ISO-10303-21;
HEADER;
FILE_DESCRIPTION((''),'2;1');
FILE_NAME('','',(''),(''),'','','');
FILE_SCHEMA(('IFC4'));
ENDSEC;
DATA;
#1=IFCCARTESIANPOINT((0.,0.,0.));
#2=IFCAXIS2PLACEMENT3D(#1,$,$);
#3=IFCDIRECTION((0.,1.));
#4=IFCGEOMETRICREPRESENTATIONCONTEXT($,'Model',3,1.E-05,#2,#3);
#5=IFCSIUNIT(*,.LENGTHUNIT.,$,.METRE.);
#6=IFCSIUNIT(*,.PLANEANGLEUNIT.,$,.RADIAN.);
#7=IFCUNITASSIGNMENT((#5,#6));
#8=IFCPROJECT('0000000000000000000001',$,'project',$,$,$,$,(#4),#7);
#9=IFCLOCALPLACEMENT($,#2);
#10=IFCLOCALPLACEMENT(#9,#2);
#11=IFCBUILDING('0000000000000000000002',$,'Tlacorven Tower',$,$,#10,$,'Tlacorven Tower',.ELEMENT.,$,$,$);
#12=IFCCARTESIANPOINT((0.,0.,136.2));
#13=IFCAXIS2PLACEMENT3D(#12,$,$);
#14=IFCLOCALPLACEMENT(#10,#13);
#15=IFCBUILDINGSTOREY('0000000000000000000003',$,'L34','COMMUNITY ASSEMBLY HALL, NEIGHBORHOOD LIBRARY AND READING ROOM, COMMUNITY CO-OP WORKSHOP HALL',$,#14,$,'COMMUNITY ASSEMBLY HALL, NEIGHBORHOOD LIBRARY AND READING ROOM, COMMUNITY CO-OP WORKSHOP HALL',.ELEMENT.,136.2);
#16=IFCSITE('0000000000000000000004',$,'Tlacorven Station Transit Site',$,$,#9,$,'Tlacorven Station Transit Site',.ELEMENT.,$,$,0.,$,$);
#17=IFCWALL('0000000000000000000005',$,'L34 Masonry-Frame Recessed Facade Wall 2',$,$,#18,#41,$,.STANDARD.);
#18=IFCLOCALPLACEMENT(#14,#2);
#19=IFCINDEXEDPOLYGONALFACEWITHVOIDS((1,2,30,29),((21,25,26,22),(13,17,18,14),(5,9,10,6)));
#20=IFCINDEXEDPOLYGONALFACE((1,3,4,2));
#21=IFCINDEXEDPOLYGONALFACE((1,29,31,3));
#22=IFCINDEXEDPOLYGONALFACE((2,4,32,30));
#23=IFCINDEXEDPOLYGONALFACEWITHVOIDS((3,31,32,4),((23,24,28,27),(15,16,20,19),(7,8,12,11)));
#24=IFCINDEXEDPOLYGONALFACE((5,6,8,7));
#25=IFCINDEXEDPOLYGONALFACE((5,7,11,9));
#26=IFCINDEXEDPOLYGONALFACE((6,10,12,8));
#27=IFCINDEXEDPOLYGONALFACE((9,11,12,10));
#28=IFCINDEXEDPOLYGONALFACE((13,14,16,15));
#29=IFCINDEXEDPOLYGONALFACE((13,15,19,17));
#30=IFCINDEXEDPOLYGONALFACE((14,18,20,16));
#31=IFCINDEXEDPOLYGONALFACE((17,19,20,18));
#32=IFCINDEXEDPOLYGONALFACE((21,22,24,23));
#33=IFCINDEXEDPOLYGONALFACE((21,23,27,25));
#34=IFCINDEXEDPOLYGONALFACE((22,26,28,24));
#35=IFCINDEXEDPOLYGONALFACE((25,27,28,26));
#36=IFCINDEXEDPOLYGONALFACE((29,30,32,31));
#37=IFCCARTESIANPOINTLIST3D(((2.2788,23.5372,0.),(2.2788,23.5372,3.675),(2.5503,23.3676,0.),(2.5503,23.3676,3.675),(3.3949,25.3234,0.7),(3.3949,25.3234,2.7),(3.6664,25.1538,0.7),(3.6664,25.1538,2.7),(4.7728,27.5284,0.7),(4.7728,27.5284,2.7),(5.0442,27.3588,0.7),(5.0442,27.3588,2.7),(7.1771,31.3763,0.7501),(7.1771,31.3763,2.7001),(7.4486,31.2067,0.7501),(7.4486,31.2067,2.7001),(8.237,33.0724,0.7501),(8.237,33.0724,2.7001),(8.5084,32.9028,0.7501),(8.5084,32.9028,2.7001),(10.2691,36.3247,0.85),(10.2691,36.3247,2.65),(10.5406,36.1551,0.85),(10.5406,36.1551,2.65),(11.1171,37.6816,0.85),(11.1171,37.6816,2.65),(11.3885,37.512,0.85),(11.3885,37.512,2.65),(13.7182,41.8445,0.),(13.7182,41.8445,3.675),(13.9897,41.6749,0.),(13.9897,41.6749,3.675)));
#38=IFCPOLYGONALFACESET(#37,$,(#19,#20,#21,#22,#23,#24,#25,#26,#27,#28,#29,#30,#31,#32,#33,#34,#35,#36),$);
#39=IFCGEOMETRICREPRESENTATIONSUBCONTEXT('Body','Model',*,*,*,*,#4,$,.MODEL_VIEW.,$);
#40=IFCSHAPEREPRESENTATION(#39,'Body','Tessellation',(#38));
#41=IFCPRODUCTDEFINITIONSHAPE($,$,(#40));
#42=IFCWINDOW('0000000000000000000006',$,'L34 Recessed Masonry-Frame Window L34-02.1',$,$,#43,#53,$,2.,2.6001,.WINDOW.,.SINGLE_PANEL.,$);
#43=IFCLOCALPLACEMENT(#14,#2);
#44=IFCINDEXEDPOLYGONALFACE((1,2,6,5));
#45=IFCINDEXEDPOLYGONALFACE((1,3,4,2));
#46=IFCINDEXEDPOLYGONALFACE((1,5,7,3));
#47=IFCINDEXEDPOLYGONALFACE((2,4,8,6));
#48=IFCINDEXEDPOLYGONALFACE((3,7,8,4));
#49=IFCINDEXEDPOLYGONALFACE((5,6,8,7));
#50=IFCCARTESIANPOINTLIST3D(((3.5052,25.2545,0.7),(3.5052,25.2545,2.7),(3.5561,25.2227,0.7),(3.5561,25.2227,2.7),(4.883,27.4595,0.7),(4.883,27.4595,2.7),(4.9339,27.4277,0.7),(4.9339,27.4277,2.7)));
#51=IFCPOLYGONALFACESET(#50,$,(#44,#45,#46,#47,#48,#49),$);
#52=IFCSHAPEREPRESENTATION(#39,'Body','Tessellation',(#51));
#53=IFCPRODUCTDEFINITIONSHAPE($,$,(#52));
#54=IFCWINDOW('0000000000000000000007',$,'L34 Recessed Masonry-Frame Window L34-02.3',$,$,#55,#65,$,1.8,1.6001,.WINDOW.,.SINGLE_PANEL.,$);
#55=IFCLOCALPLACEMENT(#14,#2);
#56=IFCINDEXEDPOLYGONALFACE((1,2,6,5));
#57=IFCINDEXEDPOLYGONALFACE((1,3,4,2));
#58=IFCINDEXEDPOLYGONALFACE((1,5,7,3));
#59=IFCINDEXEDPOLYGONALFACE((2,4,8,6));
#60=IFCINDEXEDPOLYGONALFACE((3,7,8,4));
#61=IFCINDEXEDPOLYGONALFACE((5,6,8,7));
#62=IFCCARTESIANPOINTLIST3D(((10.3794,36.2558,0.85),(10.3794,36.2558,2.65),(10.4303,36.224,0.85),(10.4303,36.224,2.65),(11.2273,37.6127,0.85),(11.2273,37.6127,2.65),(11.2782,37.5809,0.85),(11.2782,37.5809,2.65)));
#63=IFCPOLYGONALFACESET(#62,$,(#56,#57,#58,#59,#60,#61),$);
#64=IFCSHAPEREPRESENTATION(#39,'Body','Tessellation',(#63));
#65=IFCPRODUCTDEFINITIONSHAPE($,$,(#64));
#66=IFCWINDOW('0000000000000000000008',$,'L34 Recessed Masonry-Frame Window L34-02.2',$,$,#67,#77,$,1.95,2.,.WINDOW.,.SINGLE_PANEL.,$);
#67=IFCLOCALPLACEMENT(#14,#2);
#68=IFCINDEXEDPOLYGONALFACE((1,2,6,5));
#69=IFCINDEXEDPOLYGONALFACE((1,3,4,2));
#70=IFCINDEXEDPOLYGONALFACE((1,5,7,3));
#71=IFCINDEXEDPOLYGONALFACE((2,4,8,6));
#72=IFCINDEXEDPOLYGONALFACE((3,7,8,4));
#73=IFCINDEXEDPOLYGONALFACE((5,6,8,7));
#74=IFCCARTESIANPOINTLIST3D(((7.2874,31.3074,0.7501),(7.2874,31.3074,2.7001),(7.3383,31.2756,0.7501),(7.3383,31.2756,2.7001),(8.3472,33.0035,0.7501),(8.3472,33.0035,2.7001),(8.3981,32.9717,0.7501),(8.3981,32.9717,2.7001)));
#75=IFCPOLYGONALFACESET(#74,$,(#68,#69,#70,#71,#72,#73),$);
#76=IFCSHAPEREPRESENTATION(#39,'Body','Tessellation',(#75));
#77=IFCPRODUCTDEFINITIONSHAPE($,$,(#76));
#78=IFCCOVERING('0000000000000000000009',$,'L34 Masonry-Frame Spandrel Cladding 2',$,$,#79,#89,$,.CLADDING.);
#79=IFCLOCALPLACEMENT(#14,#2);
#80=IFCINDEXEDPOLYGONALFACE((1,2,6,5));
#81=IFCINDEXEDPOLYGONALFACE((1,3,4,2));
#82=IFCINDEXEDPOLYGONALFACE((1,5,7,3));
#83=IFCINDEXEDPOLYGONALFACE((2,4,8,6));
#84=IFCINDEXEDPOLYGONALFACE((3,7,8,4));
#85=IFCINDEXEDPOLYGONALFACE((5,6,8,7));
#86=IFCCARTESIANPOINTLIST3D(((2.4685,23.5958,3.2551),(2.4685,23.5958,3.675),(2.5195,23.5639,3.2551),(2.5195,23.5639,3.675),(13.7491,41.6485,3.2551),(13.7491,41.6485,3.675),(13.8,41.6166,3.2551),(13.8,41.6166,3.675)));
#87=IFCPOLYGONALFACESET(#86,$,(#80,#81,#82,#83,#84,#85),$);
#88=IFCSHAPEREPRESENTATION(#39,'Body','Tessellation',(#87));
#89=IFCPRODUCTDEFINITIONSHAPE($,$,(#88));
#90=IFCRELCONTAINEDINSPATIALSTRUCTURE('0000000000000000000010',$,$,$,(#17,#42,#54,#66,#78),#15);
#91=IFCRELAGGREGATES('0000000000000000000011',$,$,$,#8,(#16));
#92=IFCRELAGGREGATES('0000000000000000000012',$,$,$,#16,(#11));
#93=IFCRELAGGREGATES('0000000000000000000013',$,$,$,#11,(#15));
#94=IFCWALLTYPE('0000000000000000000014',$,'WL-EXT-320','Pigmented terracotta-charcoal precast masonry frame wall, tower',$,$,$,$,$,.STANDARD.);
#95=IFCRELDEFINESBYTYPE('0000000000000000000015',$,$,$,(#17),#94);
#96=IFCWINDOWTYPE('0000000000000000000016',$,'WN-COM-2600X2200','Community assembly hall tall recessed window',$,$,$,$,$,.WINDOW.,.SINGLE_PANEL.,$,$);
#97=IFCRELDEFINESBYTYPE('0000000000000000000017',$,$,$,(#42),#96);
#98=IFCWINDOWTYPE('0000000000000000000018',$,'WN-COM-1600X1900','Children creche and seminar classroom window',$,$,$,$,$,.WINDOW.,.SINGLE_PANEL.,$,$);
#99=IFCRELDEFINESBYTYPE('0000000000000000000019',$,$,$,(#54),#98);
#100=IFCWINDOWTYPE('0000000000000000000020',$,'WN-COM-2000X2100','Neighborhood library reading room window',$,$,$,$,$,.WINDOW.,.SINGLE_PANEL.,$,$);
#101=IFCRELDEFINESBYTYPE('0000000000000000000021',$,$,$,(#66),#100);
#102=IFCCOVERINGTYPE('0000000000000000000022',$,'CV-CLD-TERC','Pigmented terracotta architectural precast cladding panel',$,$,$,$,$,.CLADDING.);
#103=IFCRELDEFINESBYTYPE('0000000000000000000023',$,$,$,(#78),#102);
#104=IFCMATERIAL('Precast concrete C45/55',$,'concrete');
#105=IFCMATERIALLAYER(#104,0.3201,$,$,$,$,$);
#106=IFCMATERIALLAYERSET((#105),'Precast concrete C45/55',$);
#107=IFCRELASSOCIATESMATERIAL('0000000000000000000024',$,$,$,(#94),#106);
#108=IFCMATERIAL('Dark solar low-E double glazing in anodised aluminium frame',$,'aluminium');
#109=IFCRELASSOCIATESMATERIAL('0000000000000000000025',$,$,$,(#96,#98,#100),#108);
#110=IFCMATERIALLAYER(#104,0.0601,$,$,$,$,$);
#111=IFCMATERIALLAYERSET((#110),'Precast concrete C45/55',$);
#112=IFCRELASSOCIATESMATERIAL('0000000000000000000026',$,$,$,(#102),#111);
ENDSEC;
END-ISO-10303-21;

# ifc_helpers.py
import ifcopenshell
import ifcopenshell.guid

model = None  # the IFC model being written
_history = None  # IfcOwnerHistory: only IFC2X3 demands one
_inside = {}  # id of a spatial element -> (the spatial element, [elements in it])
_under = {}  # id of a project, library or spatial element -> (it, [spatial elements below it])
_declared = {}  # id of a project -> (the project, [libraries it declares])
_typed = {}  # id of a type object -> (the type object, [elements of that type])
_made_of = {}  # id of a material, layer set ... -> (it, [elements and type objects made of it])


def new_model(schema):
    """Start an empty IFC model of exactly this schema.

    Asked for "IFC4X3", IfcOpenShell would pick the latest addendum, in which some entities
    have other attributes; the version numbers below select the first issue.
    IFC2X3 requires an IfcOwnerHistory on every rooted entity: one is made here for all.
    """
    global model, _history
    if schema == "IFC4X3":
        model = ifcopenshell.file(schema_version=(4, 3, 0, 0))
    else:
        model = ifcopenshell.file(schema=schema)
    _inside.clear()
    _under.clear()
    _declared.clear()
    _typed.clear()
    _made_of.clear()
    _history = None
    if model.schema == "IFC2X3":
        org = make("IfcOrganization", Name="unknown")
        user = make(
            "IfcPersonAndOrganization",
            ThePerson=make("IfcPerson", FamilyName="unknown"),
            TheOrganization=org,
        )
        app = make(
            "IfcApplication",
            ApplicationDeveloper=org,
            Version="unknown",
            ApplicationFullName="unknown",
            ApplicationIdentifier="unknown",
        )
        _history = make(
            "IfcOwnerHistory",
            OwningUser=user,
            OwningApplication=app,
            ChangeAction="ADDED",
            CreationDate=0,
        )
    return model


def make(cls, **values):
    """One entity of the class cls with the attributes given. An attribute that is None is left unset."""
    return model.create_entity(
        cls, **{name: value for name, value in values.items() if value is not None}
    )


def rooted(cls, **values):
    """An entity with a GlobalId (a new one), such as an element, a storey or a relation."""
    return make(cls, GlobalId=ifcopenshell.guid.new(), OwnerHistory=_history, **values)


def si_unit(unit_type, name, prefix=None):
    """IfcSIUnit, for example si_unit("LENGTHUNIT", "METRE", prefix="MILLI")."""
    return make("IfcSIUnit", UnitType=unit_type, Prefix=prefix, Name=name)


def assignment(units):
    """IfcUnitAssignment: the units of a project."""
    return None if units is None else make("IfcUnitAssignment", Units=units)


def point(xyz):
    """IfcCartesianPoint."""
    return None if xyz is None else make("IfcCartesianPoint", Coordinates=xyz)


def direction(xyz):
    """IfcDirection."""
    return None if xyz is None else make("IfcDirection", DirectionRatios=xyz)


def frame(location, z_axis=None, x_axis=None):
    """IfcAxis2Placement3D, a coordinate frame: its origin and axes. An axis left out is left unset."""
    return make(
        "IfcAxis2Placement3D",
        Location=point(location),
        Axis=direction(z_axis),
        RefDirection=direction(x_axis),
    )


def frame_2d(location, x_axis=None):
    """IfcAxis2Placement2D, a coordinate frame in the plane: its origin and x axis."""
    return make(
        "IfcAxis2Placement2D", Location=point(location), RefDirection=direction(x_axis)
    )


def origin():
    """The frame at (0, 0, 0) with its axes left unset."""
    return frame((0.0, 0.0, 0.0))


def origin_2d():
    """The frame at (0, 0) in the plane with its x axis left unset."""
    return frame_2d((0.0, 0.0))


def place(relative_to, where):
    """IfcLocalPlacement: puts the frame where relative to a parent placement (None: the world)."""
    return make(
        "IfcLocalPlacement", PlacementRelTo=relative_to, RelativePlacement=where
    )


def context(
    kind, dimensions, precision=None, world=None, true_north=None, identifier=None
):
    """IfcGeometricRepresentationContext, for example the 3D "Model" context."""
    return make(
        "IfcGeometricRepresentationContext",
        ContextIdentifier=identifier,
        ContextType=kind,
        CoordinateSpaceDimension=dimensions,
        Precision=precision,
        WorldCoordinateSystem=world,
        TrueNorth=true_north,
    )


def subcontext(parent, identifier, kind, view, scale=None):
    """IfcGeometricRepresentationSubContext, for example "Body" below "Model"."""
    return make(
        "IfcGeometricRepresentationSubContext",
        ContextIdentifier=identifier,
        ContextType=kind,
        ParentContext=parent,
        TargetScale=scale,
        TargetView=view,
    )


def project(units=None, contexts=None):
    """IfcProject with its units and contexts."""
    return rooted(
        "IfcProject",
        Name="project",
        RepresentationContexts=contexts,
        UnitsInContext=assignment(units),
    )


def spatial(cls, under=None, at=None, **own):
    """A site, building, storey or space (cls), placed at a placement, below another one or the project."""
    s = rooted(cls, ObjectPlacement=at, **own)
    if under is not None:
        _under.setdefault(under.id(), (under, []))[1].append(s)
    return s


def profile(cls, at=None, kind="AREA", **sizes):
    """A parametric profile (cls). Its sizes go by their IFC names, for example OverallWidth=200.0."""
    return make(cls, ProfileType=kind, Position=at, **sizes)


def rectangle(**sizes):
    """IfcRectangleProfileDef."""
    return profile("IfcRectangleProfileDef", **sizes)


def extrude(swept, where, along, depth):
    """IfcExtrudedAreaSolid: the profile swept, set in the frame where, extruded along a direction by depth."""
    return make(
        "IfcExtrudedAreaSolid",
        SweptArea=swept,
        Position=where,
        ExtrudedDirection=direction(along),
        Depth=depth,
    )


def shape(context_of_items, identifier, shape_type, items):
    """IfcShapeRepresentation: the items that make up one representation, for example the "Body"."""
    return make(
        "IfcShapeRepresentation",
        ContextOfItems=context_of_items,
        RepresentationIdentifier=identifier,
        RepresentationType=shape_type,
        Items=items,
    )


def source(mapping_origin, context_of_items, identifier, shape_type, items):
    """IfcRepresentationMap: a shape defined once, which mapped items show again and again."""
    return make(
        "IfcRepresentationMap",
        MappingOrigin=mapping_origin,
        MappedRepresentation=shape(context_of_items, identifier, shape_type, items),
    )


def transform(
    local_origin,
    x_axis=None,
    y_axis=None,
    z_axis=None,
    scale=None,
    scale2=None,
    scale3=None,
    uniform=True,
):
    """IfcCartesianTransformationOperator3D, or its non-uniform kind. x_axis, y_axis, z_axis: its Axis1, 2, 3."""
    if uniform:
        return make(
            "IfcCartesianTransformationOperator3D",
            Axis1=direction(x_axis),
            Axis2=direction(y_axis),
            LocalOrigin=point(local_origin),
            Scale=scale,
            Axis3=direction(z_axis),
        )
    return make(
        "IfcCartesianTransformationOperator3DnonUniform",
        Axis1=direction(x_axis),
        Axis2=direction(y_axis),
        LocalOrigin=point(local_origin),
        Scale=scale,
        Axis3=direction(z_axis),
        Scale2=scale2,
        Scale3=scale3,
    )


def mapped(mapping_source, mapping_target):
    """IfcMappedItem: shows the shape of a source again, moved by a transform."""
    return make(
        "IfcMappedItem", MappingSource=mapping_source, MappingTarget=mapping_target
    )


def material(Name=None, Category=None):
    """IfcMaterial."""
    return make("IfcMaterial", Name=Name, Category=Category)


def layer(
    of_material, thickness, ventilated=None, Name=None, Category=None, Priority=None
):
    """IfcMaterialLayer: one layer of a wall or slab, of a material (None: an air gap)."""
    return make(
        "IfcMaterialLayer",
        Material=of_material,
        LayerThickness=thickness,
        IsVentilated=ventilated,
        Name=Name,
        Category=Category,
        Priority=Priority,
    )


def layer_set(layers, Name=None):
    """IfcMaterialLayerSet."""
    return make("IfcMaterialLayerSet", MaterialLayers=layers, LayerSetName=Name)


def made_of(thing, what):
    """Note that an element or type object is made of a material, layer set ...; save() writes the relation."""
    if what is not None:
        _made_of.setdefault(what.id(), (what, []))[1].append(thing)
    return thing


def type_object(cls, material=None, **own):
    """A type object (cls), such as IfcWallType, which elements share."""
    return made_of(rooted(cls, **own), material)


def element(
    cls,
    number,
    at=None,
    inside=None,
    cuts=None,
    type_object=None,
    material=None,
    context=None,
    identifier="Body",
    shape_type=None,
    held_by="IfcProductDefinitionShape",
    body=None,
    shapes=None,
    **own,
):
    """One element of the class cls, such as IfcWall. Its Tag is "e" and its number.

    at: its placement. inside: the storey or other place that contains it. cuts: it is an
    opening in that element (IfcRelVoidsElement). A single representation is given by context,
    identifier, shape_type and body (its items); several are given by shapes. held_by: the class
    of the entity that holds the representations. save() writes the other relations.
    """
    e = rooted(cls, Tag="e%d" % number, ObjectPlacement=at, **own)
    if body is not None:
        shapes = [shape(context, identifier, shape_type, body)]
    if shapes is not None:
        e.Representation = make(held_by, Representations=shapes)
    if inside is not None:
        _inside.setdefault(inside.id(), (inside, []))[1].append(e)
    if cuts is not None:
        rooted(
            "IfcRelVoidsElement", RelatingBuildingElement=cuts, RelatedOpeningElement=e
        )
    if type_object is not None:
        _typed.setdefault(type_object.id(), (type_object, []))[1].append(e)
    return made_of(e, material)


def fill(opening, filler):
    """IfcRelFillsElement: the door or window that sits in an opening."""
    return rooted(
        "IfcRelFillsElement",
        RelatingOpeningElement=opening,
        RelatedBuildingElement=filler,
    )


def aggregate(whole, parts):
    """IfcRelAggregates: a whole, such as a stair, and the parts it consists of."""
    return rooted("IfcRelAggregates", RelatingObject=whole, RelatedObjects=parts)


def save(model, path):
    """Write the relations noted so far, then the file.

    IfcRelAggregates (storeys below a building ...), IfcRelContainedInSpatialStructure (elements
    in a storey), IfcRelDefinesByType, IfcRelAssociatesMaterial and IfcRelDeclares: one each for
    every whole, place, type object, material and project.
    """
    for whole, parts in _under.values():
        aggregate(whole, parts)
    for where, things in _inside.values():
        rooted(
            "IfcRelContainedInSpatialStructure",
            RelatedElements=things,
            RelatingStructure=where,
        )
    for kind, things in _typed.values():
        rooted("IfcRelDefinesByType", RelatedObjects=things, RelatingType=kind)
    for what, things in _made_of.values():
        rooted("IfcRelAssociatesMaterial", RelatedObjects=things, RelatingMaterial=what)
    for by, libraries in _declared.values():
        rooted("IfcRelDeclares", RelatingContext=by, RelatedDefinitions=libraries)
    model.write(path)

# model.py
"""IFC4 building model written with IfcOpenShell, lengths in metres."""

from ifc_helpers import new_model, si_unit, direction, frame, frame_2d, origin, origin_2d, place, context, subcontext, project, spatial, rectangle, extrude, source, transform, mapped, material, layer, layer_set, type_object, element, fill, save


model = new_model("IFC4")

# Units and contexts
model_context = context("Model", 3, precision=1e-05, world=origin(), true_north=direction((0.0, 1.0)))
body_context = subcontext(model_context, "Body", "Model", "MODEL_VIEW")
ifc_project = project(units=[si_unit("LENGTHUNIT", "METRE"), si_unit("PLANEANGLEUNIT", "RADIAN")], contexts=[model_context])

# Site, building, storey
site_placement = place(None, origin())
site = spatial("IfcSite", under=ifc_project, at=site_placement, Name="Tlacorven Station Transit Site", LongName="Tlacorven Station Transit Site", CompositionType="ELEMENT", RefElevation=0.0)
building_placement = place(site_placement, origin())
building = spatial("IfcBuilding", under=site, at=building_placement, Name="Tlacorven Tower", LongName="Tlacorven Tower", CompositionType="ELEMENT")
storey_placement = place(building_placement, frame((0.0, 0.0, 136.2)))
storey = spatial("IfcBuildingStorey", under=building, at=storey_placement, Name="L34", Description="COMMUNITY ASSEMBLY HALL, NEIGHBORHOOD LIBRARY AND READING ROOM, COMMUNITY CO-OP WORKSHOP HALL", LongName="COMMUNITY ASSEMBLY HALL, NEIGHBORHOOD LIBRARY AND READING ROOM, COMMUNITY CO-OP WORKSHOP HALL", CompositionType="ELEMENT", Elevation=136.2)

# Wall, openings, windows
ifc_material_1 = material(Name="Precast concrete C45/55", Category="concrete")
ifc_layer_1 = layer(ifc_material_1, 0.3201)
ifc_layer_set_1 = layer_set([ifc_layer_1], Name="Precast concrete C45/55")
wall_type = type_object("IfcWallType", Name="WL-EXT-320", Description="Pigmented terracotta-charcoal precast masonry frame wall, tower", PredefinedType="STANDARD", material=ifc_layer_set_1)
wall_placement = place(storey_placement, frame((2.4146, 23.4524, 0.0), z_axis=(0.0, 0.0, 1.0), x_axis=(0.52991, 0.848054, 0.0)))
wall = element("IfcWall", 1, at=wall_placement, inside=storey, type_object=wall_type, Name="L34 Masonry-Frame Recessed Facade Wall 2", PredefinedType="STANDARD", context=body_context, shape_type="SweptSolid", body=[
    extrude(rectangle(XDim=21.5874, YDim=0.3201, at=frame_2d((10.7937, 0.0))), origin(), (0.0, 0.0, 1.0), 3.675),
])
opening_1_placement = place(wall_placement, frame((2.1062, 0.0, 0.7)))
opening_1 = element("IfcOpeningElement", 2, at=opening_1_placement, cuts=wall, PredefinedType="OPENING", context=body_context, shape_type="SweptSolid", body=[
    extrude(rectangle(XDim=2.6001, YDim=2.0, at=frame_2d((1.3, 1.0))), frame((0.0, 0.1699, 0.0), z_axis=(0.0, -1.0, 0.0), x_axis=(1.0, 0.0, 0.0)), (0.0, 0.0, 1.0), 0.3401),
])
opening_2_placement = place(wall_placement, frame((9.2437, 0.0, 0.75)))
opening_2 = element("IfcOpeningElement", 3, at=opening_2_placement, cuts=wall, PredefinedType="OPENING", context=body_context, shape_type="SweptSolid", body=[
    extrude(rectangle(XDim=2.0, YDim=1.95, at=frame_2d((1.0, 0.9751))), frame((0.0, 0.1699, 0.0), z_axis=(0.0, -1.0, 0.0), x_axis=(1.0, 0.0, 0.0)), (0.0, 0.0, 1.0), 0.3401),
])
opening_3_placement = place(wall_placement, frame((15.0786, 0.0, 0.8501)))
opening_3 = element("IfcOpeningElement", 4, at=opening_3_placement, cuts=wall, PredefinedType="OPENING", context=body_context, shape_type="SweptSolid", body=[
    extrude(rectangle(XDim=1.6001, YDim=1.8, at=frame_2d((0.8, 0.8999))), frame((0.0, 0.1699, 0.0), z_axis=(0.0, -1.0, 0.0), x_axis=(1.0, 0.0, 0.0)), (0.0, 0.0, 1.0), 0.3401),
])
ifc_material_2 = material(Name="Dark solar low-E double glazing in anodised aluminium frame", Category="aluminium")
window_type_1 = type_object("IfcWindowType", Name="WN-COM-2600X2200", Description="Community assembly hall tall recessed window", PartitioningType="SINGLE_PANEL", PredefinedType="WINDOW", material=ifc_material_2)
shared_shape_1 = source(origin(), body_context, "Body", "SweptSolid", [
    extrude(rectangle(XDim=2.6001, YDim=2.0, at=frame_2d((1.3, 1.0))), frame((0.0, 0.03, 0.0), z_axis=(0.0, -1.0, 0.0), x_axis=(1.0, 0.0, 0.0)), (0.0, 0.0, 1.0), 0.0601),
])
window_1_placement = place(opening_1_placement, origin())
window_1 = element("IfcWindow", 5, at=window_1_placement, inside=storey, type_object=window_type_1, Name="L34 Recessed Masonry-Frame Window L34-02.1", OverallHeight=2.0, OverallWidth=2.6001, PartitioningType="SINGLE_PANEL", PredefinedType="WINDOW", context=body_context, shape_type="MappedRepresentation", body=[
    mapped(shared_shape_1, transform((0.0, 0.0, 0.0), scale=1.0)),
])
fill(opening_1, window_1)
window_type_2 = type_object("IfcWindowType", Name="WN-COM-1600X1900", Description="Children creche and seminar classroom window", PartitioningType="SINGLE_PANEL", PredefinedType="WINDOW", material=ifc_material_2)
shared_shape_2 = source(origin(), body_context, "Body", "SweptSolid", [
    extrude(rectangle(XDim=1.6001, YDim=1.8, at=frame_2d((0.8, 0.8999))), frame((0.0, 0.03, 0.0), z_axis=(0.0, -1.0, 0.0), x_axis=(1.0, 0.0, 0.0)), (0.0, 0.0, 1.0), 0.0601),
])
window_2_placement = place(opening_3_placement, origin())
window_2 = element("IfcWindow", 6, at=window_2_placement, inside=storey, type_object=window_type_2, Name="L34 Recessed Masonry-Frame Window L34-02.3", OverallHeight=1.8, OverallWidth=1.6001, PartitioningType="SINGLE_PANEL", PredefinedType="WINDOW", context=body_context, shape_type="MappedRepresentation", body=[
    mapped(shared_shape_2, transform((0.0, 0.0, 0.0), scale=1.0)),
])
fill(opening_3, window_2)
window_type_3 = type_object("IfcWindowType", Name="WN-COM-2000X2100", Description="Neighborhood library reading room window", PartitioningType="SINGLE_PANEL", PredefinedType="WINDOW", material=ifc_material_2)
shared_shape_3 = source(origin(), body_context, "Body", "SweptSolid", [
    extrude(rectangle(XDim=2.0, YDim=1.95, at=frame_2d((1.0, 0.9751))), frame((0.0, 0.03, 0.0), z_axis=(0.0, -1.0, 0.0), x_axis=(1.0, 0.0, 0.0)), (0.0, 0.0, 1.0), 0.0601),
])
window_3_placement = place(opening_2_placement, origin())
window_3 = element("IfcWindow", 7, at=window_3_placement, inside=storey, type_object=window_type_3, Name="L34 Recessed Masonry-Frame Window L34-02.2", OverallHeight=1.95, OverallWidth=2.0, PartitioningType="SINGLE_PANEL", PredefinedType="WINDOW", context=body_context, shape_type="MappedRepresentation", body=[
    mapped(shared_shape_3, transform((0.0, 0.0, 0.0), scale=1.0)),
])
fill(opening_2, window_3)

# Covering
ifc_layer_2 = layer(ifc_material_1, 0.0601)
ifc_layer_set_2 = layer_set([ifc_layer_2], Name="Precast concrete C45/55")
covering_type = type_object("IfcCoveringType", Name="CV-CLD-TERC", Description="Pigmented terracotta architectural precast cladding panel", PredefinedType="CLADDING", material=ifc_layer_set_2)
shared_shape_4 = source(origin(), body_context, "Body", "SweptSolid", [
    extrude(rectangle(XDim=21.2874, YDim=0.0601, at=origin_2d()), origin(), (0.0, 0.0, 1.0), 0.4199),
])
covering_placement = place(storey_placement, frame((8.1343, 32.6062, 3.2551), z_axis=(0.0, 0.0, 1.0), x_axis=(0.529919, 0.848048, 0.0)))
element("IfcCovering", 8, at=covering_placement, inside=storey, type_object=covering_type, Name="L34 Masonry-Frame Spandrel Cladding 2", PredefinedType="CLADDING", context=body_context, shape_type="MappedRepresentation", body=[
    mapped(shared_shape_4, transform((0.0, 0.0, 0.0), scale=1.0)),
])

save(model, "model.ifc")
